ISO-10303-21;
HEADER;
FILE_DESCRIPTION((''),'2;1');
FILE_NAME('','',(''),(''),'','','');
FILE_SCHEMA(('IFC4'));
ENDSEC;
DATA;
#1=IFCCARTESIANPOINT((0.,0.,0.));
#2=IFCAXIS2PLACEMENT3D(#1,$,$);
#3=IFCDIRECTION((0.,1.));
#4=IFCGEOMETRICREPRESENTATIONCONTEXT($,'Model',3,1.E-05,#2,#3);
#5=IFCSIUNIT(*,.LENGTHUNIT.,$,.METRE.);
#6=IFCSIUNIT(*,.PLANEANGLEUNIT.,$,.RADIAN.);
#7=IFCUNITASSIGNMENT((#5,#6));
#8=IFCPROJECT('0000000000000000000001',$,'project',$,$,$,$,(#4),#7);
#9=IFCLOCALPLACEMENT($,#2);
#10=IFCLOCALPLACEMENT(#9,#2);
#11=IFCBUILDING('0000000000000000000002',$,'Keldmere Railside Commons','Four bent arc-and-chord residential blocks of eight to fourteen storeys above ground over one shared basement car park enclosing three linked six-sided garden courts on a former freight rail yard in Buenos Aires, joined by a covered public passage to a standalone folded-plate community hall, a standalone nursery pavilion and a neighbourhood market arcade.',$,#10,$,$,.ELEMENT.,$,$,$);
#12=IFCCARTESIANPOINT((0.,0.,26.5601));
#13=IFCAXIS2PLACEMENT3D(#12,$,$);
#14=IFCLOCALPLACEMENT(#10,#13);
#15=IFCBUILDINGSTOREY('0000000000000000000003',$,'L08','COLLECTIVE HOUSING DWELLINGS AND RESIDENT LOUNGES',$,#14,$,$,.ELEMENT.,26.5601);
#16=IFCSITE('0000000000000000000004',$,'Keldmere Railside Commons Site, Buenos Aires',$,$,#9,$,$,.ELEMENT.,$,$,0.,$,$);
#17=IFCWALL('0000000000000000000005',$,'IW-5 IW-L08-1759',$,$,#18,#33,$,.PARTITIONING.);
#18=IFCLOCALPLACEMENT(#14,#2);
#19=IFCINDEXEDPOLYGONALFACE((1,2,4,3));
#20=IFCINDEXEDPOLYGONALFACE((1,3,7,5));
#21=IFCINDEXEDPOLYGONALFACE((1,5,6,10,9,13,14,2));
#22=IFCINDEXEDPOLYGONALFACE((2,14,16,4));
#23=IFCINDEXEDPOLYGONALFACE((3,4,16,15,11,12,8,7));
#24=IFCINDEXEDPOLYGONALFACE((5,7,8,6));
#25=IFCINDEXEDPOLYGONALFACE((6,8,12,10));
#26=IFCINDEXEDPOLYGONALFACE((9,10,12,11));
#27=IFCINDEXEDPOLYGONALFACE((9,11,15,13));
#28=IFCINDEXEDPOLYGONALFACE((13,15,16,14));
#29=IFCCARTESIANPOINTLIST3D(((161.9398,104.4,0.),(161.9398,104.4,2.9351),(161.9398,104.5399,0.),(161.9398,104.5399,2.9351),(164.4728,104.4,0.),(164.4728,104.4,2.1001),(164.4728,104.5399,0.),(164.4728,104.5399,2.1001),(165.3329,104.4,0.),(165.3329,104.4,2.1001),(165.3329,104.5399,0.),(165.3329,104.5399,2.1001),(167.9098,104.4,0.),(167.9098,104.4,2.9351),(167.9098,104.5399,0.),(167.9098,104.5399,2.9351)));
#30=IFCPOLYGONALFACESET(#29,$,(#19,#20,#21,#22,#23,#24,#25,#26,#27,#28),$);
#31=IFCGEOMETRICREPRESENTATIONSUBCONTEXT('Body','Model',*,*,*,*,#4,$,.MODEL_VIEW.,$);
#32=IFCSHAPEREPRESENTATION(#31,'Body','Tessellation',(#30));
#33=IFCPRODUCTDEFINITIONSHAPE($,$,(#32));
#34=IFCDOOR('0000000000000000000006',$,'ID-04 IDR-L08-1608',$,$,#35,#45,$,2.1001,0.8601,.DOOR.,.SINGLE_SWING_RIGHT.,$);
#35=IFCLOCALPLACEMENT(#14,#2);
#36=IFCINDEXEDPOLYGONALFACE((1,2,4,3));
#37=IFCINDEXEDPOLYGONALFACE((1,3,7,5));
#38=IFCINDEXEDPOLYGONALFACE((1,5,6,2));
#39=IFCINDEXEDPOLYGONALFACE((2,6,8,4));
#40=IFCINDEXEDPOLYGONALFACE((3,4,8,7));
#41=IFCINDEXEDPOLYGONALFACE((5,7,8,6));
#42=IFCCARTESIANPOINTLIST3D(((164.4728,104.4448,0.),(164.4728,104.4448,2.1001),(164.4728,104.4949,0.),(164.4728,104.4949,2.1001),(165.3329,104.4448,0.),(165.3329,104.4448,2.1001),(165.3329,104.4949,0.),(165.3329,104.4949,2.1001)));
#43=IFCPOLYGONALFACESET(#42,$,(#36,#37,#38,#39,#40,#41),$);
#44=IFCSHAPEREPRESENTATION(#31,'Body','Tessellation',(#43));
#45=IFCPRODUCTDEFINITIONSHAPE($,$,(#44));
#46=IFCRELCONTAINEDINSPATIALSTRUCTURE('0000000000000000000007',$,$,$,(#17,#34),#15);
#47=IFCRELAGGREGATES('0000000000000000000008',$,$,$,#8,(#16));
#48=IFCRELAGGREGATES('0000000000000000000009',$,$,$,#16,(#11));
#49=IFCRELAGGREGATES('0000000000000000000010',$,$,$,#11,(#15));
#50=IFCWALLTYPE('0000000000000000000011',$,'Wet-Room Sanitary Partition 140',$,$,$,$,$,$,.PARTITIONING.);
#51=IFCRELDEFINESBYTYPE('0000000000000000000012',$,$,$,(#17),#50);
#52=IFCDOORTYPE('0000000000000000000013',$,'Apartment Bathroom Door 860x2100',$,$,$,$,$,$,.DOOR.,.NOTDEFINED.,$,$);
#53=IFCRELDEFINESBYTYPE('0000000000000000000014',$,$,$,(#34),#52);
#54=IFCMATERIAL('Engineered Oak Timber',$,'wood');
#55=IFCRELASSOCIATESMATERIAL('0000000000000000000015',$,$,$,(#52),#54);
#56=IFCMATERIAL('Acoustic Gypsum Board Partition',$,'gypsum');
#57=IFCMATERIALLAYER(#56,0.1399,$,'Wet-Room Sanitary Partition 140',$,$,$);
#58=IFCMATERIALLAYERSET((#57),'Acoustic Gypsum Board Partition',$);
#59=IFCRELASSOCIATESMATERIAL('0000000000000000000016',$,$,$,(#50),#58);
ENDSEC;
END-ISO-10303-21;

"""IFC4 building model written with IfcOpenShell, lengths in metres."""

from ifc_helpers import new_model, si_unit, direction, frame, frame_2d, origin, place, context, subcontext, project, spatial, rectangle, extrude, material, layer, layer_set, type_object, element, fill, save


model = new_model("IFC4")

# Units and contexts
model_context = context("Model", 3, precision=1e-05, world=origin(), true_north=direction((0.0, 1.0)))
body_context = subcontext(model_context, "Body", "Model", "MODEL_VIEW")
ifc_project = project(units=[si_unit("LENGTHUNIT", "METRE"), si_unit("PLANEANGLEUNIT", "RADIAN")], contexts=[model_context])

# Site, building, storey
site_placement = place(None, origin())
site = spatial("IfcSite", under=ifc_project, at=site_placement, Name="Keldmere Railside Commons Site, Buenos Aires", CompositionType="ELEMENT", RefElevation=0.0)
building_placement = place(site_placement, origin())
building = spatial("IfcBuilding", under=site, at=building_placement, Name="Keldmere Railside Commons", Description="Four bent arc-and-chord residential blocks of eight to fourteen storeys above ground over one shared basement car park enclosing three linked six-sided garden courts on a former freight rail yard in Buenos Aires, joined by a covered public passage to a standalone folded-plate community hall, a standalone nursery pavilion and a neighbourhood market arcade.", CompositionType="ELEMENT")
storey_placement = place(building_placement, frame((0.0, 0.0, 26.5601)))
storey = spatial("IfcBuildingStorey", under=building, at=storey_placement, Name="L08", Description="COLLECTIVE HOUSING DWELLINGS AND RESIDENT LOUNGES", CompositionType="ELEMENT", Elevation=26.5601)

# Shared definitions
ifc_material_1 = material(Name="Acoustic Gypsum Board Partition", Category="gypsum")

# Shared definitions
ifc_material_2 = material(Name="Engineered Oak Timber", Category="wood")

# Shared definitions
door_type_1 = type_object("IfcDoorType", Name="Apartment Bathroom Door 860x2100", OperationType="NOTDEFINED", PredefinedType="DOOR", material=ifc_material_2)

# Shared definitions
ifc_layer_1 = layer(ifc_material_1, 0.1399, Name="Wet-Room Sanitary Partition 140")
ifc_layer_set_1 = layer_set([ifc_layer_1], Name="Acoustic Gypsum Board Partition")
wall_type_1 = type_object("IfcWallType", Name="Wet-Room Sanitary Partition 140", PredefinedType="PARTITIONING", material=ifc_layer_set_1)

# Wall, opening, door
wall_1_placement = place(storey_placement, frame((161.9399, 104.47, 0.0), z_axis=(0.0, 0.0, 1.0), x_axis=(1.0, 0.0, 0.0)))
wall_1 = element("IfcWall", 1, at=wall_1_placement, inside=storey, type_object=wall_type_1, Name="IW-5 IW-L08-1759", PredefinedType="PARTITIONING", context=body_context, shape_type="SweptSolid", body=[
    extrude(rectangle(XDim=5.97, YDim=0.1399, at=frame_2d((2.9849, 0.0))), origin(), (0.0, 0.0, 1.0), 2.9351),
])
opening_1_placement = place(wall_1_placement, frame((2.5327, 0.0, 0.0)))
opening_1 = element("IfcOpeningElement", 2, at=opening_1_placement, cuts=wall_1, PredefinedType="OPENING", context=body_context, shape_type="SweptSolid", body=[
    extrude(rectangle(XDim=0.8601, YDim=2.1001, at=frame_2d((0.4302, 1.05))), frame((0.0, 0.0798, 0.0), z_axis=(0.0, -1.0, 0.0), x_axis=(1.0, 0.0, 0.0)), (0.0, 0.0, 1.0), 0.1599),
])
door_1_placement = place(opening_1_placement, origin())
door_1 = element("IfcDoor", 3, at=door_1_placement, inside=storey, type_object=door_type_1, Name="ID-04 IDR-L08-1608", OperationType="SINGLE_SWING_RIGHT", OverallHeight=2.1001, OverallWidth=0.8601, PredefinedType="DOOR", context=body_context, shape_type="SweptSolid", body=[
    extrude(rectangle(XDim=0.8601, YDim=2.1001, at=frame_2d((0.4302, 1.05))), frame((0.0, 0.0249, 0.0), z_axis=(0.0, -1.0, 0.0), x_axis=(1.0, 0.0, 0.0)), (0.0, 0.0, 1.0), 0.05),
])
fill(opening_1, door_1)

save(model, "model.ifc")
